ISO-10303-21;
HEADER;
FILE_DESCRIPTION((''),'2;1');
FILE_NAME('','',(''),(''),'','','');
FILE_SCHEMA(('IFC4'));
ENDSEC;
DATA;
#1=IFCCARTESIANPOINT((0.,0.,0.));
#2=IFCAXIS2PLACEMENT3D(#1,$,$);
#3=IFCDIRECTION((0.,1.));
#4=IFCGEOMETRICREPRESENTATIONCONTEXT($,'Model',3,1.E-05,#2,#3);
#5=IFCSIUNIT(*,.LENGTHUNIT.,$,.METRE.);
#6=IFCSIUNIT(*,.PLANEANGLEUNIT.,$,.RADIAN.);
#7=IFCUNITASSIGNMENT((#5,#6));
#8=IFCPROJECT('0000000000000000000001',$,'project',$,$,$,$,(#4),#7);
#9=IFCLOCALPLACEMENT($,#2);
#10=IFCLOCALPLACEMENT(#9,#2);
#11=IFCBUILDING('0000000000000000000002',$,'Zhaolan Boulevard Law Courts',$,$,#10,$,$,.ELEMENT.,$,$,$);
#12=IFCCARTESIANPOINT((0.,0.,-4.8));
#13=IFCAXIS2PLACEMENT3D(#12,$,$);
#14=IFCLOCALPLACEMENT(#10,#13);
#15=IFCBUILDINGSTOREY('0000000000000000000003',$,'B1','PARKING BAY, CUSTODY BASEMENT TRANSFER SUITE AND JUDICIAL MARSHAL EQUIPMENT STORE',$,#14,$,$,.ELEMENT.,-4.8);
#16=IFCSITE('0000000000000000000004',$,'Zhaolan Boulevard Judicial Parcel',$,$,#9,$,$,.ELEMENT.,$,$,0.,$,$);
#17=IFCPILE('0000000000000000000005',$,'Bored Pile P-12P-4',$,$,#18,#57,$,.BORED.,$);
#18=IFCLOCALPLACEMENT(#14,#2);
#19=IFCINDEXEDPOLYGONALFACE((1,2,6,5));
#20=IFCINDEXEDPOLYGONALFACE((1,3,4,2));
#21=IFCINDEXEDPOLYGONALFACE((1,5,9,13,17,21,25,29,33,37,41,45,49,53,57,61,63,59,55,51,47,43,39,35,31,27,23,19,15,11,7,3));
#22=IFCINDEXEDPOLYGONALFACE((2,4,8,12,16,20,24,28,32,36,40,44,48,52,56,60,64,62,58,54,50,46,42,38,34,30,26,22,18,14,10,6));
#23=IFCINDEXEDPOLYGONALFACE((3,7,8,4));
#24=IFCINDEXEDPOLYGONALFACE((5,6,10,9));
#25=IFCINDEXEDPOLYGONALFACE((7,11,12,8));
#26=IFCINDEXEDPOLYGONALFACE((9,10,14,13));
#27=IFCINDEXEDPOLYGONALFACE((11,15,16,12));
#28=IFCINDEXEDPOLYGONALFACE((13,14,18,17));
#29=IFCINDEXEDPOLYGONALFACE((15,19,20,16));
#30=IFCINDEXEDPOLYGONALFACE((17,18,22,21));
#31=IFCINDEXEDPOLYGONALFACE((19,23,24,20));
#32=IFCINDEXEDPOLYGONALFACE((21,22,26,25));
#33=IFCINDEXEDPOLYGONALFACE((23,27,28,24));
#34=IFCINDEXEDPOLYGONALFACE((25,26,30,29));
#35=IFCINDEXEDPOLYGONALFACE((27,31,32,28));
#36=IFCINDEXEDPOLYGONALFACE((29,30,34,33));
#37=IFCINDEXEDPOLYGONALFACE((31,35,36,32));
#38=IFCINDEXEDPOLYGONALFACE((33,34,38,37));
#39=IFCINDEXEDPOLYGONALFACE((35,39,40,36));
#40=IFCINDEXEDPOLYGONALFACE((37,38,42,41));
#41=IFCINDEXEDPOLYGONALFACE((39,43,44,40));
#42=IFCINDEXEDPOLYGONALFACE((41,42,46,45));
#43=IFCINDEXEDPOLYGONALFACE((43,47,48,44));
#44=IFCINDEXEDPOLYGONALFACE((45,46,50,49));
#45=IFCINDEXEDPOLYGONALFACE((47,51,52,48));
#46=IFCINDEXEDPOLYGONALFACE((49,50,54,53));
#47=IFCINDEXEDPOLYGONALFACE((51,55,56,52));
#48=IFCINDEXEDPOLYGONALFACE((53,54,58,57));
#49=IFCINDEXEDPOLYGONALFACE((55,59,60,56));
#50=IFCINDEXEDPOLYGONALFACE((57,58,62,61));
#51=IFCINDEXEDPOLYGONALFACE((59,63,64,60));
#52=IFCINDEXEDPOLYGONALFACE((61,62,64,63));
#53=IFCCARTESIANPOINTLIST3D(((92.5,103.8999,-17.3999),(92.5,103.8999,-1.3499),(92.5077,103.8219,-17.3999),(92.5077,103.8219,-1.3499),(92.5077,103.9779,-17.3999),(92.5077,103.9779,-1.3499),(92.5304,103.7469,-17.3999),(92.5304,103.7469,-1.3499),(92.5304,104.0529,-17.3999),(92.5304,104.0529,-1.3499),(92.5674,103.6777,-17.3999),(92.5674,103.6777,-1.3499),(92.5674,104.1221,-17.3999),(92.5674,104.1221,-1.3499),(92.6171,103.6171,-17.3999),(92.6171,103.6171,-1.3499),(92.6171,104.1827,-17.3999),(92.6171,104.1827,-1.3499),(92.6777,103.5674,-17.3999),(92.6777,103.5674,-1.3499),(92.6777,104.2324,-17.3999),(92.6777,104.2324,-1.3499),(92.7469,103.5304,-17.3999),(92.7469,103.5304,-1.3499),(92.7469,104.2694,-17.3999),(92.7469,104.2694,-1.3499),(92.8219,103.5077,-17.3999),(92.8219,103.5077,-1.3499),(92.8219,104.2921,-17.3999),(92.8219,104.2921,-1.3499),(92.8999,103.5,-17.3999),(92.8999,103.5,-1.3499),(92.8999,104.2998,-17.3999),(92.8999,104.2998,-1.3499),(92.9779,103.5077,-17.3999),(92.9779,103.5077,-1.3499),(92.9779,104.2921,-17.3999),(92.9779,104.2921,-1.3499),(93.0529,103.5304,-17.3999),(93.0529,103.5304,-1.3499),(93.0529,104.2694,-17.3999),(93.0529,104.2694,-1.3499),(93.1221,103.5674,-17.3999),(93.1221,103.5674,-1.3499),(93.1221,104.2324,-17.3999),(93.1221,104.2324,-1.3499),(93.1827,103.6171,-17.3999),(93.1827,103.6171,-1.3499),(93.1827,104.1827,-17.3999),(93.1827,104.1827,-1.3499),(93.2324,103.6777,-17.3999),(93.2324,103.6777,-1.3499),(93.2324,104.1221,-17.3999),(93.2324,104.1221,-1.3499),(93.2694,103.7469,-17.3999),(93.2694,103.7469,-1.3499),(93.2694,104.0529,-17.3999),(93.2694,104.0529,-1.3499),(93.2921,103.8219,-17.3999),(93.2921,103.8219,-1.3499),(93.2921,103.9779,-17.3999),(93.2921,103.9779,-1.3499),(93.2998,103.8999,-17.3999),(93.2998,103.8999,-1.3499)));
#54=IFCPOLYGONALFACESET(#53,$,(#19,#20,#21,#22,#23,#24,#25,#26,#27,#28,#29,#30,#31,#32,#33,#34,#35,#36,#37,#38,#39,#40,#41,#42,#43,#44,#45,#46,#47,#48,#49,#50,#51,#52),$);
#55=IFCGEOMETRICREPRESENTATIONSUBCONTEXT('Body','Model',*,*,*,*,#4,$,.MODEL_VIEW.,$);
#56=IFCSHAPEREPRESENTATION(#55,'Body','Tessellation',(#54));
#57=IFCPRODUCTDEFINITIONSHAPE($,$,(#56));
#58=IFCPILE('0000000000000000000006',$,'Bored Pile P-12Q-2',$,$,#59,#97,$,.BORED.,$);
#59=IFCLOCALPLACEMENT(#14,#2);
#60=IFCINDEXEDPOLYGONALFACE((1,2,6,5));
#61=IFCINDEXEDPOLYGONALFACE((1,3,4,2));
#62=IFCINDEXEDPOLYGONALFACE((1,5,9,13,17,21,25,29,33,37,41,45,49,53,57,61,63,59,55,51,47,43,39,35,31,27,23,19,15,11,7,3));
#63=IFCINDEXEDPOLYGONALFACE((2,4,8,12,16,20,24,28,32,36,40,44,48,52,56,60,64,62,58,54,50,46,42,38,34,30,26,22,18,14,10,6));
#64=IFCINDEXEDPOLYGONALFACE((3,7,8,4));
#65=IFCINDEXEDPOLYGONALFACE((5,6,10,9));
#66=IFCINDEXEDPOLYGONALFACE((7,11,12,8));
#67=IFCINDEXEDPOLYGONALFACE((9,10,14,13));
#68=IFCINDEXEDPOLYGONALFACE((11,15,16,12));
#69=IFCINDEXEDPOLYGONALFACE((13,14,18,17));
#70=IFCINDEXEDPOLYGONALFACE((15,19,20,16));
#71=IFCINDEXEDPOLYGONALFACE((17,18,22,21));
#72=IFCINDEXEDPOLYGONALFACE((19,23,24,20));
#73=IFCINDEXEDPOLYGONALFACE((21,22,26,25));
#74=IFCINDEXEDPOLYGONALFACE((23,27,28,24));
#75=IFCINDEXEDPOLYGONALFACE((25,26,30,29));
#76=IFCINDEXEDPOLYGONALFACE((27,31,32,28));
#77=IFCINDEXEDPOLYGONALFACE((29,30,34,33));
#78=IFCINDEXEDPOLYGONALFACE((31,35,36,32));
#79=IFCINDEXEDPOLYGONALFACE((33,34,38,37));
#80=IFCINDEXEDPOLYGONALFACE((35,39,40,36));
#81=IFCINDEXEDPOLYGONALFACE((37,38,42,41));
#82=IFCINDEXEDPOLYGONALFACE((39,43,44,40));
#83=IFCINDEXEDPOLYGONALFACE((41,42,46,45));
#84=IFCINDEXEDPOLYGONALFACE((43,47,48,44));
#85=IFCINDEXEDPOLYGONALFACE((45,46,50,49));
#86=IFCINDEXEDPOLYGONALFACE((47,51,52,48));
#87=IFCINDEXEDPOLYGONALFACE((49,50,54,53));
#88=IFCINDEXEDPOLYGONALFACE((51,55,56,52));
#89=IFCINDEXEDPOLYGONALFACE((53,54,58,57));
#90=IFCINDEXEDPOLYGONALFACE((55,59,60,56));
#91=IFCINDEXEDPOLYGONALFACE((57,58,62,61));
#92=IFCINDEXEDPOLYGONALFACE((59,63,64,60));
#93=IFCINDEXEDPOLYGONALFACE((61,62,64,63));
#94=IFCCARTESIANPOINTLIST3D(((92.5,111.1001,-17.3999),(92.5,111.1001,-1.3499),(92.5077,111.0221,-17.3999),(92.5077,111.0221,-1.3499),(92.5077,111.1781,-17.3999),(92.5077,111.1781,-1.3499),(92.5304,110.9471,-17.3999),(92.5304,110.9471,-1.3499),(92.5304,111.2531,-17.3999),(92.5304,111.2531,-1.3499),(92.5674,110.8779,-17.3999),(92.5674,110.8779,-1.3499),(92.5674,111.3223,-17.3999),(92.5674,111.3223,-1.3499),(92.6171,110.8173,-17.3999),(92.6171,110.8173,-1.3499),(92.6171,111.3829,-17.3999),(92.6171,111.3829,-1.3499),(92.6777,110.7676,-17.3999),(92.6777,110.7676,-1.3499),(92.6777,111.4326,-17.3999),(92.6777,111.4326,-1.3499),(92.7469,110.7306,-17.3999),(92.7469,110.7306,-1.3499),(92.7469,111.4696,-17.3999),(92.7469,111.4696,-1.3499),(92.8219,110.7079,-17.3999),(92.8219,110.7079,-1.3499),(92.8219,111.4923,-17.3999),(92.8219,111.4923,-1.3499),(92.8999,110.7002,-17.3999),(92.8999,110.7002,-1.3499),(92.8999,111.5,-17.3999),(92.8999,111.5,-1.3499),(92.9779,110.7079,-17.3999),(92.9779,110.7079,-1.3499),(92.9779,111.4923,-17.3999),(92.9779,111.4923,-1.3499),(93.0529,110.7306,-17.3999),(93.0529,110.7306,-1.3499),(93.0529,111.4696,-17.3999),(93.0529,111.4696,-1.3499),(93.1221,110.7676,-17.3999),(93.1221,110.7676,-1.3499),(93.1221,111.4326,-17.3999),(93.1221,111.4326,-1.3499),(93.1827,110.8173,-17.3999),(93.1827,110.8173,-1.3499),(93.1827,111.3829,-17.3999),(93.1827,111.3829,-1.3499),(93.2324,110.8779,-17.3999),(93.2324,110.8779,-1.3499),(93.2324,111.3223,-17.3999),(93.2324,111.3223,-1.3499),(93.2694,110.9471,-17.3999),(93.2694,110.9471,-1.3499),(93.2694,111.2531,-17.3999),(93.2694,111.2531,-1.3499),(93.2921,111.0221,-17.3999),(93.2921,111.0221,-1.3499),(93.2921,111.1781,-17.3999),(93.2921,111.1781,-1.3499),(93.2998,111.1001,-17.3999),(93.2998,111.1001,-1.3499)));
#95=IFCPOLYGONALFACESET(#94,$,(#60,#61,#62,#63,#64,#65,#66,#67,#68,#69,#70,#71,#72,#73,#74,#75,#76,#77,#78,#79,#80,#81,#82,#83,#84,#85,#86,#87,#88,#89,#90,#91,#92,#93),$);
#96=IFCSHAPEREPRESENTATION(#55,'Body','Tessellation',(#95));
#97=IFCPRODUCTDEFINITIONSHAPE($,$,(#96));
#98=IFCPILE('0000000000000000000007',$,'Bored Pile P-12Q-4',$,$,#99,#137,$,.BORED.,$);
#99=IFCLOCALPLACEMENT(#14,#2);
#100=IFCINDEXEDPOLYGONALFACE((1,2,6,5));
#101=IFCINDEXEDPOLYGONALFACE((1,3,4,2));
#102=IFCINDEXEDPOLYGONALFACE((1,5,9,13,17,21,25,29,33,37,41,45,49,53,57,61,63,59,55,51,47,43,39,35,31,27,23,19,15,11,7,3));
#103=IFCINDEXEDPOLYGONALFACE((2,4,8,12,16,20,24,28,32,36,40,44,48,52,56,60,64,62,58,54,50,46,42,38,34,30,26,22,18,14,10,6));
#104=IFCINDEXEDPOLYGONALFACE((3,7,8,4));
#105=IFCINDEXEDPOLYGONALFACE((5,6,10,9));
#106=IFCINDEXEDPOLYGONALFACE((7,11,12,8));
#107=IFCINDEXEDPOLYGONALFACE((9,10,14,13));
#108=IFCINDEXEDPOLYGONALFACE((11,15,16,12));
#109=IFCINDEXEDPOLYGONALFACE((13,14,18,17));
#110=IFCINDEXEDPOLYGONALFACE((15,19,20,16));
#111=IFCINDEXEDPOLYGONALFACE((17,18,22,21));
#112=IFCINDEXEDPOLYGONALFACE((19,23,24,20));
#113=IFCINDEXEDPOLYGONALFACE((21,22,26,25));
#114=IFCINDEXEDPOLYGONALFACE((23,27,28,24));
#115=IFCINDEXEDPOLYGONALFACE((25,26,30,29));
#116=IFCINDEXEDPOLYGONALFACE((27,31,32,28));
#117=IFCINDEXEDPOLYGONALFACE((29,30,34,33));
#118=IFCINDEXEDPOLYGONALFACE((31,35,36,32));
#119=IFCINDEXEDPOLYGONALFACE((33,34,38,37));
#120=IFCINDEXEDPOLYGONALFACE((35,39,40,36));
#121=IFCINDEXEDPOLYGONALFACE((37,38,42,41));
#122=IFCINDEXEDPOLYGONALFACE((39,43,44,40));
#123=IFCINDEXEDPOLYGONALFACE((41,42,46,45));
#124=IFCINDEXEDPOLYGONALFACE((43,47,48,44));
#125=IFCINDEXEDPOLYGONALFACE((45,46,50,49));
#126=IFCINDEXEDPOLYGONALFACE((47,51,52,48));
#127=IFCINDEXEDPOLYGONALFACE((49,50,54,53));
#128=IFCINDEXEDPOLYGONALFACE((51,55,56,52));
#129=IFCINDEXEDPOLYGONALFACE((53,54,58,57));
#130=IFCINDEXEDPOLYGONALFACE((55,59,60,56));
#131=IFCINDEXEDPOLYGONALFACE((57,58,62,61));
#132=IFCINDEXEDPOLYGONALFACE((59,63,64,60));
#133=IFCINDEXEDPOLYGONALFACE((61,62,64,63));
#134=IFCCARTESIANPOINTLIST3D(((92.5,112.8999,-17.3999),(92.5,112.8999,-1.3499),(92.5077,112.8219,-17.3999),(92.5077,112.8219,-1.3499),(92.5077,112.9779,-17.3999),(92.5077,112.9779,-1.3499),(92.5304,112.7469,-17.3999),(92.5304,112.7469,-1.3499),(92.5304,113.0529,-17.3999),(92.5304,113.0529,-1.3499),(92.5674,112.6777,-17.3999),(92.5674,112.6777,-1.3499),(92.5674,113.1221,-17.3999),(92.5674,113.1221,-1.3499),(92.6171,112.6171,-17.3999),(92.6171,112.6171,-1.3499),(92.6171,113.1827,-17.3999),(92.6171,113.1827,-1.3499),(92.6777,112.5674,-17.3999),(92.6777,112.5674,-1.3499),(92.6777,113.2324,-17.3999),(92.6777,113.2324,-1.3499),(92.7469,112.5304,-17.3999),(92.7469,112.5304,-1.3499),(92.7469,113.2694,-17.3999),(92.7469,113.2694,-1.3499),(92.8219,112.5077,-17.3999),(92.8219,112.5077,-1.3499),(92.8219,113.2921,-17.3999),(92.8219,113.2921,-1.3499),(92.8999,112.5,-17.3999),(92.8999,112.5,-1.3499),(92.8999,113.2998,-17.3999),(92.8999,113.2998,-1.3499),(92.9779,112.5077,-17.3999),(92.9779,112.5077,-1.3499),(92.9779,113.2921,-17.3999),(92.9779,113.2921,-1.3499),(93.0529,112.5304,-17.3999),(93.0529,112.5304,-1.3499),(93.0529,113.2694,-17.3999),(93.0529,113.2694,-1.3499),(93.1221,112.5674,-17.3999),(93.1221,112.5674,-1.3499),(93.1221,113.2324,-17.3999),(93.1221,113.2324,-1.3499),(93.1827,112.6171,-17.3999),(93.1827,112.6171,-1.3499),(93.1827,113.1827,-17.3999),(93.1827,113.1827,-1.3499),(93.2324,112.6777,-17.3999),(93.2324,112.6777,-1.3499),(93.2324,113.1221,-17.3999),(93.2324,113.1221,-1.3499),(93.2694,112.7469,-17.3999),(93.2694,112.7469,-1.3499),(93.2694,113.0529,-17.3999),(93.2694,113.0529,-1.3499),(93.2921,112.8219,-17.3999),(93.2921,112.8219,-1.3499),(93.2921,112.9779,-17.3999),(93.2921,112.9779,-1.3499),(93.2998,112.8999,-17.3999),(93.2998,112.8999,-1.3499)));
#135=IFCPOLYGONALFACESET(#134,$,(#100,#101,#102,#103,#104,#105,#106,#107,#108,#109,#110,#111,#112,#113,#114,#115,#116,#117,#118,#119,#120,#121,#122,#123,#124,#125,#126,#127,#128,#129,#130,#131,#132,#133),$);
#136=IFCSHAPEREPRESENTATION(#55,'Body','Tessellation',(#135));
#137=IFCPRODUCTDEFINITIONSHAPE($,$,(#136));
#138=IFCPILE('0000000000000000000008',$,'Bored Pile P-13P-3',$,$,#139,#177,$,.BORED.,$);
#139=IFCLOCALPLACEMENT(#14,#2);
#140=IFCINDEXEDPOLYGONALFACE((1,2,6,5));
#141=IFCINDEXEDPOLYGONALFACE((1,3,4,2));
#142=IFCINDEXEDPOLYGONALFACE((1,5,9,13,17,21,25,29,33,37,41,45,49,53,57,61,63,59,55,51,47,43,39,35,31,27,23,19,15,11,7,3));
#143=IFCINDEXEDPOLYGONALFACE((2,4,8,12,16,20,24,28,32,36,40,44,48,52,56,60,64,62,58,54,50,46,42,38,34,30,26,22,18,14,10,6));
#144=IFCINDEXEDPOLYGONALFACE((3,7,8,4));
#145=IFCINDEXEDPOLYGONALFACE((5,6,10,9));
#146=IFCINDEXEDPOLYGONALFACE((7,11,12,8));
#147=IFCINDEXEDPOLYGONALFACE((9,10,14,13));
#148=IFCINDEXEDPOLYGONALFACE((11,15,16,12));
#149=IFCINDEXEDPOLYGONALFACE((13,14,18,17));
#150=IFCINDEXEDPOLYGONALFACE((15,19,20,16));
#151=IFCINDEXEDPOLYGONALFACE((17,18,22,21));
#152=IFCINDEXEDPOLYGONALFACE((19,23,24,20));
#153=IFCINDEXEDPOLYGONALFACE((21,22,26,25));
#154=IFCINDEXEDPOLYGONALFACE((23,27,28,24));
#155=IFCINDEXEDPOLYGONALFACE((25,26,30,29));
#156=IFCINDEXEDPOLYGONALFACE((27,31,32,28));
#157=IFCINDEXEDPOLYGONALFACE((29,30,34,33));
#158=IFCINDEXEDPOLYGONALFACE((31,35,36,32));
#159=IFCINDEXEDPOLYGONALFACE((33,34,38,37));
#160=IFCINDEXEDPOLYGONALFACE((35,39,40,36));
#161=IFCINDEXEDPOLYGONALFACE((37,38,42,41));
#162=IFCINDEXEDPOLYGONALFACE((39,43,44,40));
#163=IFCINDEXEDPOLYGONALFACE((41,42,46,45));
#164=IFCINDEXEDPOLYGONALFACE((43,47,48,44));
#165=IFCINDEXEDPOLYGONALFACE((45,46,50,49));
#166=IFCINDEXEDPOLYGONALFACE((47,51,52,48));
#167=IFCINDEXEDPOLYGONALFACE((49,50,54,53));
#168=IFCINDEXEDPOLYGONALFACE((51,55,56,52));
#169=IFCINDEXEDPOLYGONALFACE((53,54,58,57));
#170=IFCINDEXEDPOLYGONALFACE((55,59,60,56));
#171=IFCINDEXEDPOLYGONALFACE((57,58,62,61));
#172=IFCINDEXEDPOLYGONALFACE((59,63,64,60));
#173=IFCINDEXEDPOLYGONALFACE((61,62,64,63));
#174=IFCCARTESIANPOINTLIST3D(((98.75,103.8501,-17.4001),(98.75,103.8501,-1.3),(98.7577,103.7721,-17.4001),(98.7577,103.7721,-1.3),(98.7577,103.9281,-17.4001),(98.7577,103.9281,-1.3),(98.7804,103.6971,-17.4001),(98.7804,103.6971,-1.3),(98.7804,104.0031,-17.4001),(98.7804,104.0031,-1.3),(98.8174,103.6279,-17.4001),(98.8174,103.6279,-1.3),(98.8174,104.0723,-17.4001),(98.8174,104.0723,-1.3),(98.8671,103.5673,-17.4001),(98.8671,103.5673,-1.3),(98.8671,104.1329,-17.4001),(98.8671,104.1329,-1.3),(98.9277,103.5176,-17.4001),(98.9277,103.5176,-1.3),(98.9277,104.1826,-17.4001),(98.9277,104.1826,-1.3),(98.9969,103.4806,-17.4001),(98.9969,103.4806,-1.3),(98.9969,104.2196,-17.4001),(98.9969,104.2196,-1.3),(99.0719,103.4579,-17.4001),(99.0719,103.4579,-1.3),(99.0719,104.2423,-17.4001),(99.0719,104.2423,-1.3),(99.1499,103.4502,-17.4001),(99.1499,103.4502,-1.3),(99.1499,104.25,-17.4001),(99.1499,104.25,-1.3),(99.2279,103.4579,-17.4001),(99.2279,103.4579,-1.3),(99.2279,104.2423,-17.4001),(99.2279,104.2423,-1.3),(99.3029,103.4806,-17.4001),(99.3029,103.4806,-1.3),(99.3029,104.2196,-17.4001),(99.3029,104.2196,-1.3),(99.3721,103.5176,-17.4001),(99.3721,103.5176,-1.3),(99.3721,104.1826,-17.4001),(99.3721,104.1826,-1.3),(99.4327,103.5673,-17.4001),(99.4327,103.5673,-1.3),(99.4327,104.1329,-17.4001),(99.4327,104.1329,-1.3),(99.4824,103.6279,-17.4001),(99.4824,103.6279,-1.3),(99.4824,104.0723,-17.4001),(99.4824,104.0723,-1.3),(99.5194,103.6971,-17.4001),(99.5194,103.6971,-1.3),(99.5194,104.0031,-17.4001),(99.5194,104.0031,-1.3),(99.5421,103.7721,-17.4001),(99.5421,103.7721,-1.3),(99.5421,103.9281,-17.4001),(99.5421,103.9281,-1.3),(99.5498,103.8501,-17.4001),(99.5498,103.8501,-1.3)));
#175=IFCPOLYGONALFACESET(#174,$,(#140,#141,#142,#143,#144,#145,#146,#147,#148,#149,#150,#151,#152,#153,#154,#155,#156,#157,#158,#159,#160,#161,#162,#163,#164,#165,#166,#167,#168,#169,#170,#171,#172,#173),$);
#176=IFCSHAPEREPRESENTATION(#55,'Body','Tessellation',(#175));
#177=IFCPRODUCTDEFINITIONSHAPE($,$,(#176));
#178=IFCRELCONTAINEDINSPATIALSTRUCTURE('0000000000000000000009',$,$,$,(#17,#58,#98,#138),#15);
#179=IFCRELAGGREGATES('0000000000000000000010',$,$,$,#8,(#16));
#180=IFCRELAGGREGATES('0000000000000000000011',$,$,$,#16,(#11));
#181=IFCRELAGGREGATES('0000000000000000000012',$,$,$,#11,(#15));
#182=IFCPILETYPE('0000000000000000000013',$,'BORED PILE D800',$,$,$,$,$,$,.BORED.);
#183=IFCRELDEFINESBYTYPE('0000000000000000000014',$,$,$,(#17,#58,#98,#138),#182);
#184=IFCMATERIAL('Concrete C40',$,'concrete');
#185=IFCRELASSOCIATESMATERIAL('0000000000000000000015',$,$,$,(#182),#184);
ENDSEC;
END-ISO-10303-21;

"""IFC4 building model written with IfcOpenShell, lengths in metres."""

from ifc_helpers import new_model, si_unit, direction, frame, origin, origin_2d, place, context, subcontext, project, spatial, circle, extrude, material, material_profile, profile_set, type_object, element, save


model = new_model("IFC4")

# Units and contexts
model_context = context("Model", 3, precision=1e-05, world=origin(), true_north=direction((0.0, 1.0)))
body_context = subcontext(model_context, "Body", "Model", "MODEL_VIEW")
ifc_project = project(units=[si_unit("LENGTHUNIT", "METRE"), si_unit("PLANEANGLEUNIT", "RADIAN")], contexts=[model_context])

# Site, building, storey
site_placement = place(None, origin())
site = spatial("IfcSite", under=ifc_project, at=site_placement, Name="Zhaolan Boulevard Judicial Parcel", CompositionType="ELEMENT", RefElevation=0.0)
building_placement = place(site_placement, origin())
building = spatial("IfcBuilding", under=site, at=building_placement, Name="Zhaolan Boulevard Law Courts", CompositionType="ELEMENT")
storey_placement = place(building_placement, frame((0.0, 0.0, -4.8)))
storey = spatial("IfcBuildingStorey", under=building, at=storey_placement, Name="B1", Description="PARKING BAY, CUSTODY BASEMENT TRANSFER SUITE AND JUDICIAL MARSHAL EQUIPMENT STORE", CompositionType="ELEMENT", Elevation=-4.8)

# Piles
ifc_material_1 = material(Name="Concrete C40", Category="concrete")
ifc_material_profile_1 = material_profile(ifc_material_1, circle(Radius=0.3999, at=origin_2d()), Name="PILE-D800")
ifc_profile_set_1 = profile_set([ifc_material_profile_1], Name="Concrete C40")
pile_type = type_object("IfcPileType", Name="BORED PILE D800", PredefinedType="BORED", material=ifc_profile_set_1)
for number, where, z_axis, x_axis, name in (
    (1, (92.8999, 103.8999, -1.3499), (0.0, 0.0, -1.0), (1.0, 0.0, 0.0), "Bored Pile P-12P-4"),
    (2, (92.8999, 111.1001, -1.3499), (0.0, 0.0, -1.0), (1.0, 0.0, 0.0), "Bored Pile P-12Q-2"),
    (3, (92.8999, 112.8999, -1.3499), (0.0, 0.0, -1.0), (1.0, 0.0, 0.0), "Bored Pile P-12Q-4"),
):
    element("IfcPile", number, at=place(storey_placement, frame(where, z_axis=z_axis, x_axis=x_axis)), inside=storey, type_object=pile_type, Name=name, PredefinedType="BORED", context=body_context, shape_type="SweptSolid", body=[
        extrude(circle(Radius=0.3999, at=origin_2d()), origin(), (0.0, 0.0, 1.0), 16.05),
    ])
for number, where, z_axis, x_axis, name in (
    (4, (99.1499, 103.8501, -1.3), (0.0, 0.0, -1.0), (1.0, 0.0, 0.0), "Bored Pile P-13P-3"),
):
    element("IfcPile", number, at=place(storey_placement, frame(where, z_axis=z_axis, x_axis=x_axis)), inside=storey, type_object=pile_type, Name=name, PredefinedType="BORED", context=body_context, shape_type="SweptSolid", body=[
        extrude(circle(Radius=0.3999, at=origin_2d()), origin(), (0.0, 0.0, 1.0), 16.1001),
    ])

save(model, "model.ifc")
